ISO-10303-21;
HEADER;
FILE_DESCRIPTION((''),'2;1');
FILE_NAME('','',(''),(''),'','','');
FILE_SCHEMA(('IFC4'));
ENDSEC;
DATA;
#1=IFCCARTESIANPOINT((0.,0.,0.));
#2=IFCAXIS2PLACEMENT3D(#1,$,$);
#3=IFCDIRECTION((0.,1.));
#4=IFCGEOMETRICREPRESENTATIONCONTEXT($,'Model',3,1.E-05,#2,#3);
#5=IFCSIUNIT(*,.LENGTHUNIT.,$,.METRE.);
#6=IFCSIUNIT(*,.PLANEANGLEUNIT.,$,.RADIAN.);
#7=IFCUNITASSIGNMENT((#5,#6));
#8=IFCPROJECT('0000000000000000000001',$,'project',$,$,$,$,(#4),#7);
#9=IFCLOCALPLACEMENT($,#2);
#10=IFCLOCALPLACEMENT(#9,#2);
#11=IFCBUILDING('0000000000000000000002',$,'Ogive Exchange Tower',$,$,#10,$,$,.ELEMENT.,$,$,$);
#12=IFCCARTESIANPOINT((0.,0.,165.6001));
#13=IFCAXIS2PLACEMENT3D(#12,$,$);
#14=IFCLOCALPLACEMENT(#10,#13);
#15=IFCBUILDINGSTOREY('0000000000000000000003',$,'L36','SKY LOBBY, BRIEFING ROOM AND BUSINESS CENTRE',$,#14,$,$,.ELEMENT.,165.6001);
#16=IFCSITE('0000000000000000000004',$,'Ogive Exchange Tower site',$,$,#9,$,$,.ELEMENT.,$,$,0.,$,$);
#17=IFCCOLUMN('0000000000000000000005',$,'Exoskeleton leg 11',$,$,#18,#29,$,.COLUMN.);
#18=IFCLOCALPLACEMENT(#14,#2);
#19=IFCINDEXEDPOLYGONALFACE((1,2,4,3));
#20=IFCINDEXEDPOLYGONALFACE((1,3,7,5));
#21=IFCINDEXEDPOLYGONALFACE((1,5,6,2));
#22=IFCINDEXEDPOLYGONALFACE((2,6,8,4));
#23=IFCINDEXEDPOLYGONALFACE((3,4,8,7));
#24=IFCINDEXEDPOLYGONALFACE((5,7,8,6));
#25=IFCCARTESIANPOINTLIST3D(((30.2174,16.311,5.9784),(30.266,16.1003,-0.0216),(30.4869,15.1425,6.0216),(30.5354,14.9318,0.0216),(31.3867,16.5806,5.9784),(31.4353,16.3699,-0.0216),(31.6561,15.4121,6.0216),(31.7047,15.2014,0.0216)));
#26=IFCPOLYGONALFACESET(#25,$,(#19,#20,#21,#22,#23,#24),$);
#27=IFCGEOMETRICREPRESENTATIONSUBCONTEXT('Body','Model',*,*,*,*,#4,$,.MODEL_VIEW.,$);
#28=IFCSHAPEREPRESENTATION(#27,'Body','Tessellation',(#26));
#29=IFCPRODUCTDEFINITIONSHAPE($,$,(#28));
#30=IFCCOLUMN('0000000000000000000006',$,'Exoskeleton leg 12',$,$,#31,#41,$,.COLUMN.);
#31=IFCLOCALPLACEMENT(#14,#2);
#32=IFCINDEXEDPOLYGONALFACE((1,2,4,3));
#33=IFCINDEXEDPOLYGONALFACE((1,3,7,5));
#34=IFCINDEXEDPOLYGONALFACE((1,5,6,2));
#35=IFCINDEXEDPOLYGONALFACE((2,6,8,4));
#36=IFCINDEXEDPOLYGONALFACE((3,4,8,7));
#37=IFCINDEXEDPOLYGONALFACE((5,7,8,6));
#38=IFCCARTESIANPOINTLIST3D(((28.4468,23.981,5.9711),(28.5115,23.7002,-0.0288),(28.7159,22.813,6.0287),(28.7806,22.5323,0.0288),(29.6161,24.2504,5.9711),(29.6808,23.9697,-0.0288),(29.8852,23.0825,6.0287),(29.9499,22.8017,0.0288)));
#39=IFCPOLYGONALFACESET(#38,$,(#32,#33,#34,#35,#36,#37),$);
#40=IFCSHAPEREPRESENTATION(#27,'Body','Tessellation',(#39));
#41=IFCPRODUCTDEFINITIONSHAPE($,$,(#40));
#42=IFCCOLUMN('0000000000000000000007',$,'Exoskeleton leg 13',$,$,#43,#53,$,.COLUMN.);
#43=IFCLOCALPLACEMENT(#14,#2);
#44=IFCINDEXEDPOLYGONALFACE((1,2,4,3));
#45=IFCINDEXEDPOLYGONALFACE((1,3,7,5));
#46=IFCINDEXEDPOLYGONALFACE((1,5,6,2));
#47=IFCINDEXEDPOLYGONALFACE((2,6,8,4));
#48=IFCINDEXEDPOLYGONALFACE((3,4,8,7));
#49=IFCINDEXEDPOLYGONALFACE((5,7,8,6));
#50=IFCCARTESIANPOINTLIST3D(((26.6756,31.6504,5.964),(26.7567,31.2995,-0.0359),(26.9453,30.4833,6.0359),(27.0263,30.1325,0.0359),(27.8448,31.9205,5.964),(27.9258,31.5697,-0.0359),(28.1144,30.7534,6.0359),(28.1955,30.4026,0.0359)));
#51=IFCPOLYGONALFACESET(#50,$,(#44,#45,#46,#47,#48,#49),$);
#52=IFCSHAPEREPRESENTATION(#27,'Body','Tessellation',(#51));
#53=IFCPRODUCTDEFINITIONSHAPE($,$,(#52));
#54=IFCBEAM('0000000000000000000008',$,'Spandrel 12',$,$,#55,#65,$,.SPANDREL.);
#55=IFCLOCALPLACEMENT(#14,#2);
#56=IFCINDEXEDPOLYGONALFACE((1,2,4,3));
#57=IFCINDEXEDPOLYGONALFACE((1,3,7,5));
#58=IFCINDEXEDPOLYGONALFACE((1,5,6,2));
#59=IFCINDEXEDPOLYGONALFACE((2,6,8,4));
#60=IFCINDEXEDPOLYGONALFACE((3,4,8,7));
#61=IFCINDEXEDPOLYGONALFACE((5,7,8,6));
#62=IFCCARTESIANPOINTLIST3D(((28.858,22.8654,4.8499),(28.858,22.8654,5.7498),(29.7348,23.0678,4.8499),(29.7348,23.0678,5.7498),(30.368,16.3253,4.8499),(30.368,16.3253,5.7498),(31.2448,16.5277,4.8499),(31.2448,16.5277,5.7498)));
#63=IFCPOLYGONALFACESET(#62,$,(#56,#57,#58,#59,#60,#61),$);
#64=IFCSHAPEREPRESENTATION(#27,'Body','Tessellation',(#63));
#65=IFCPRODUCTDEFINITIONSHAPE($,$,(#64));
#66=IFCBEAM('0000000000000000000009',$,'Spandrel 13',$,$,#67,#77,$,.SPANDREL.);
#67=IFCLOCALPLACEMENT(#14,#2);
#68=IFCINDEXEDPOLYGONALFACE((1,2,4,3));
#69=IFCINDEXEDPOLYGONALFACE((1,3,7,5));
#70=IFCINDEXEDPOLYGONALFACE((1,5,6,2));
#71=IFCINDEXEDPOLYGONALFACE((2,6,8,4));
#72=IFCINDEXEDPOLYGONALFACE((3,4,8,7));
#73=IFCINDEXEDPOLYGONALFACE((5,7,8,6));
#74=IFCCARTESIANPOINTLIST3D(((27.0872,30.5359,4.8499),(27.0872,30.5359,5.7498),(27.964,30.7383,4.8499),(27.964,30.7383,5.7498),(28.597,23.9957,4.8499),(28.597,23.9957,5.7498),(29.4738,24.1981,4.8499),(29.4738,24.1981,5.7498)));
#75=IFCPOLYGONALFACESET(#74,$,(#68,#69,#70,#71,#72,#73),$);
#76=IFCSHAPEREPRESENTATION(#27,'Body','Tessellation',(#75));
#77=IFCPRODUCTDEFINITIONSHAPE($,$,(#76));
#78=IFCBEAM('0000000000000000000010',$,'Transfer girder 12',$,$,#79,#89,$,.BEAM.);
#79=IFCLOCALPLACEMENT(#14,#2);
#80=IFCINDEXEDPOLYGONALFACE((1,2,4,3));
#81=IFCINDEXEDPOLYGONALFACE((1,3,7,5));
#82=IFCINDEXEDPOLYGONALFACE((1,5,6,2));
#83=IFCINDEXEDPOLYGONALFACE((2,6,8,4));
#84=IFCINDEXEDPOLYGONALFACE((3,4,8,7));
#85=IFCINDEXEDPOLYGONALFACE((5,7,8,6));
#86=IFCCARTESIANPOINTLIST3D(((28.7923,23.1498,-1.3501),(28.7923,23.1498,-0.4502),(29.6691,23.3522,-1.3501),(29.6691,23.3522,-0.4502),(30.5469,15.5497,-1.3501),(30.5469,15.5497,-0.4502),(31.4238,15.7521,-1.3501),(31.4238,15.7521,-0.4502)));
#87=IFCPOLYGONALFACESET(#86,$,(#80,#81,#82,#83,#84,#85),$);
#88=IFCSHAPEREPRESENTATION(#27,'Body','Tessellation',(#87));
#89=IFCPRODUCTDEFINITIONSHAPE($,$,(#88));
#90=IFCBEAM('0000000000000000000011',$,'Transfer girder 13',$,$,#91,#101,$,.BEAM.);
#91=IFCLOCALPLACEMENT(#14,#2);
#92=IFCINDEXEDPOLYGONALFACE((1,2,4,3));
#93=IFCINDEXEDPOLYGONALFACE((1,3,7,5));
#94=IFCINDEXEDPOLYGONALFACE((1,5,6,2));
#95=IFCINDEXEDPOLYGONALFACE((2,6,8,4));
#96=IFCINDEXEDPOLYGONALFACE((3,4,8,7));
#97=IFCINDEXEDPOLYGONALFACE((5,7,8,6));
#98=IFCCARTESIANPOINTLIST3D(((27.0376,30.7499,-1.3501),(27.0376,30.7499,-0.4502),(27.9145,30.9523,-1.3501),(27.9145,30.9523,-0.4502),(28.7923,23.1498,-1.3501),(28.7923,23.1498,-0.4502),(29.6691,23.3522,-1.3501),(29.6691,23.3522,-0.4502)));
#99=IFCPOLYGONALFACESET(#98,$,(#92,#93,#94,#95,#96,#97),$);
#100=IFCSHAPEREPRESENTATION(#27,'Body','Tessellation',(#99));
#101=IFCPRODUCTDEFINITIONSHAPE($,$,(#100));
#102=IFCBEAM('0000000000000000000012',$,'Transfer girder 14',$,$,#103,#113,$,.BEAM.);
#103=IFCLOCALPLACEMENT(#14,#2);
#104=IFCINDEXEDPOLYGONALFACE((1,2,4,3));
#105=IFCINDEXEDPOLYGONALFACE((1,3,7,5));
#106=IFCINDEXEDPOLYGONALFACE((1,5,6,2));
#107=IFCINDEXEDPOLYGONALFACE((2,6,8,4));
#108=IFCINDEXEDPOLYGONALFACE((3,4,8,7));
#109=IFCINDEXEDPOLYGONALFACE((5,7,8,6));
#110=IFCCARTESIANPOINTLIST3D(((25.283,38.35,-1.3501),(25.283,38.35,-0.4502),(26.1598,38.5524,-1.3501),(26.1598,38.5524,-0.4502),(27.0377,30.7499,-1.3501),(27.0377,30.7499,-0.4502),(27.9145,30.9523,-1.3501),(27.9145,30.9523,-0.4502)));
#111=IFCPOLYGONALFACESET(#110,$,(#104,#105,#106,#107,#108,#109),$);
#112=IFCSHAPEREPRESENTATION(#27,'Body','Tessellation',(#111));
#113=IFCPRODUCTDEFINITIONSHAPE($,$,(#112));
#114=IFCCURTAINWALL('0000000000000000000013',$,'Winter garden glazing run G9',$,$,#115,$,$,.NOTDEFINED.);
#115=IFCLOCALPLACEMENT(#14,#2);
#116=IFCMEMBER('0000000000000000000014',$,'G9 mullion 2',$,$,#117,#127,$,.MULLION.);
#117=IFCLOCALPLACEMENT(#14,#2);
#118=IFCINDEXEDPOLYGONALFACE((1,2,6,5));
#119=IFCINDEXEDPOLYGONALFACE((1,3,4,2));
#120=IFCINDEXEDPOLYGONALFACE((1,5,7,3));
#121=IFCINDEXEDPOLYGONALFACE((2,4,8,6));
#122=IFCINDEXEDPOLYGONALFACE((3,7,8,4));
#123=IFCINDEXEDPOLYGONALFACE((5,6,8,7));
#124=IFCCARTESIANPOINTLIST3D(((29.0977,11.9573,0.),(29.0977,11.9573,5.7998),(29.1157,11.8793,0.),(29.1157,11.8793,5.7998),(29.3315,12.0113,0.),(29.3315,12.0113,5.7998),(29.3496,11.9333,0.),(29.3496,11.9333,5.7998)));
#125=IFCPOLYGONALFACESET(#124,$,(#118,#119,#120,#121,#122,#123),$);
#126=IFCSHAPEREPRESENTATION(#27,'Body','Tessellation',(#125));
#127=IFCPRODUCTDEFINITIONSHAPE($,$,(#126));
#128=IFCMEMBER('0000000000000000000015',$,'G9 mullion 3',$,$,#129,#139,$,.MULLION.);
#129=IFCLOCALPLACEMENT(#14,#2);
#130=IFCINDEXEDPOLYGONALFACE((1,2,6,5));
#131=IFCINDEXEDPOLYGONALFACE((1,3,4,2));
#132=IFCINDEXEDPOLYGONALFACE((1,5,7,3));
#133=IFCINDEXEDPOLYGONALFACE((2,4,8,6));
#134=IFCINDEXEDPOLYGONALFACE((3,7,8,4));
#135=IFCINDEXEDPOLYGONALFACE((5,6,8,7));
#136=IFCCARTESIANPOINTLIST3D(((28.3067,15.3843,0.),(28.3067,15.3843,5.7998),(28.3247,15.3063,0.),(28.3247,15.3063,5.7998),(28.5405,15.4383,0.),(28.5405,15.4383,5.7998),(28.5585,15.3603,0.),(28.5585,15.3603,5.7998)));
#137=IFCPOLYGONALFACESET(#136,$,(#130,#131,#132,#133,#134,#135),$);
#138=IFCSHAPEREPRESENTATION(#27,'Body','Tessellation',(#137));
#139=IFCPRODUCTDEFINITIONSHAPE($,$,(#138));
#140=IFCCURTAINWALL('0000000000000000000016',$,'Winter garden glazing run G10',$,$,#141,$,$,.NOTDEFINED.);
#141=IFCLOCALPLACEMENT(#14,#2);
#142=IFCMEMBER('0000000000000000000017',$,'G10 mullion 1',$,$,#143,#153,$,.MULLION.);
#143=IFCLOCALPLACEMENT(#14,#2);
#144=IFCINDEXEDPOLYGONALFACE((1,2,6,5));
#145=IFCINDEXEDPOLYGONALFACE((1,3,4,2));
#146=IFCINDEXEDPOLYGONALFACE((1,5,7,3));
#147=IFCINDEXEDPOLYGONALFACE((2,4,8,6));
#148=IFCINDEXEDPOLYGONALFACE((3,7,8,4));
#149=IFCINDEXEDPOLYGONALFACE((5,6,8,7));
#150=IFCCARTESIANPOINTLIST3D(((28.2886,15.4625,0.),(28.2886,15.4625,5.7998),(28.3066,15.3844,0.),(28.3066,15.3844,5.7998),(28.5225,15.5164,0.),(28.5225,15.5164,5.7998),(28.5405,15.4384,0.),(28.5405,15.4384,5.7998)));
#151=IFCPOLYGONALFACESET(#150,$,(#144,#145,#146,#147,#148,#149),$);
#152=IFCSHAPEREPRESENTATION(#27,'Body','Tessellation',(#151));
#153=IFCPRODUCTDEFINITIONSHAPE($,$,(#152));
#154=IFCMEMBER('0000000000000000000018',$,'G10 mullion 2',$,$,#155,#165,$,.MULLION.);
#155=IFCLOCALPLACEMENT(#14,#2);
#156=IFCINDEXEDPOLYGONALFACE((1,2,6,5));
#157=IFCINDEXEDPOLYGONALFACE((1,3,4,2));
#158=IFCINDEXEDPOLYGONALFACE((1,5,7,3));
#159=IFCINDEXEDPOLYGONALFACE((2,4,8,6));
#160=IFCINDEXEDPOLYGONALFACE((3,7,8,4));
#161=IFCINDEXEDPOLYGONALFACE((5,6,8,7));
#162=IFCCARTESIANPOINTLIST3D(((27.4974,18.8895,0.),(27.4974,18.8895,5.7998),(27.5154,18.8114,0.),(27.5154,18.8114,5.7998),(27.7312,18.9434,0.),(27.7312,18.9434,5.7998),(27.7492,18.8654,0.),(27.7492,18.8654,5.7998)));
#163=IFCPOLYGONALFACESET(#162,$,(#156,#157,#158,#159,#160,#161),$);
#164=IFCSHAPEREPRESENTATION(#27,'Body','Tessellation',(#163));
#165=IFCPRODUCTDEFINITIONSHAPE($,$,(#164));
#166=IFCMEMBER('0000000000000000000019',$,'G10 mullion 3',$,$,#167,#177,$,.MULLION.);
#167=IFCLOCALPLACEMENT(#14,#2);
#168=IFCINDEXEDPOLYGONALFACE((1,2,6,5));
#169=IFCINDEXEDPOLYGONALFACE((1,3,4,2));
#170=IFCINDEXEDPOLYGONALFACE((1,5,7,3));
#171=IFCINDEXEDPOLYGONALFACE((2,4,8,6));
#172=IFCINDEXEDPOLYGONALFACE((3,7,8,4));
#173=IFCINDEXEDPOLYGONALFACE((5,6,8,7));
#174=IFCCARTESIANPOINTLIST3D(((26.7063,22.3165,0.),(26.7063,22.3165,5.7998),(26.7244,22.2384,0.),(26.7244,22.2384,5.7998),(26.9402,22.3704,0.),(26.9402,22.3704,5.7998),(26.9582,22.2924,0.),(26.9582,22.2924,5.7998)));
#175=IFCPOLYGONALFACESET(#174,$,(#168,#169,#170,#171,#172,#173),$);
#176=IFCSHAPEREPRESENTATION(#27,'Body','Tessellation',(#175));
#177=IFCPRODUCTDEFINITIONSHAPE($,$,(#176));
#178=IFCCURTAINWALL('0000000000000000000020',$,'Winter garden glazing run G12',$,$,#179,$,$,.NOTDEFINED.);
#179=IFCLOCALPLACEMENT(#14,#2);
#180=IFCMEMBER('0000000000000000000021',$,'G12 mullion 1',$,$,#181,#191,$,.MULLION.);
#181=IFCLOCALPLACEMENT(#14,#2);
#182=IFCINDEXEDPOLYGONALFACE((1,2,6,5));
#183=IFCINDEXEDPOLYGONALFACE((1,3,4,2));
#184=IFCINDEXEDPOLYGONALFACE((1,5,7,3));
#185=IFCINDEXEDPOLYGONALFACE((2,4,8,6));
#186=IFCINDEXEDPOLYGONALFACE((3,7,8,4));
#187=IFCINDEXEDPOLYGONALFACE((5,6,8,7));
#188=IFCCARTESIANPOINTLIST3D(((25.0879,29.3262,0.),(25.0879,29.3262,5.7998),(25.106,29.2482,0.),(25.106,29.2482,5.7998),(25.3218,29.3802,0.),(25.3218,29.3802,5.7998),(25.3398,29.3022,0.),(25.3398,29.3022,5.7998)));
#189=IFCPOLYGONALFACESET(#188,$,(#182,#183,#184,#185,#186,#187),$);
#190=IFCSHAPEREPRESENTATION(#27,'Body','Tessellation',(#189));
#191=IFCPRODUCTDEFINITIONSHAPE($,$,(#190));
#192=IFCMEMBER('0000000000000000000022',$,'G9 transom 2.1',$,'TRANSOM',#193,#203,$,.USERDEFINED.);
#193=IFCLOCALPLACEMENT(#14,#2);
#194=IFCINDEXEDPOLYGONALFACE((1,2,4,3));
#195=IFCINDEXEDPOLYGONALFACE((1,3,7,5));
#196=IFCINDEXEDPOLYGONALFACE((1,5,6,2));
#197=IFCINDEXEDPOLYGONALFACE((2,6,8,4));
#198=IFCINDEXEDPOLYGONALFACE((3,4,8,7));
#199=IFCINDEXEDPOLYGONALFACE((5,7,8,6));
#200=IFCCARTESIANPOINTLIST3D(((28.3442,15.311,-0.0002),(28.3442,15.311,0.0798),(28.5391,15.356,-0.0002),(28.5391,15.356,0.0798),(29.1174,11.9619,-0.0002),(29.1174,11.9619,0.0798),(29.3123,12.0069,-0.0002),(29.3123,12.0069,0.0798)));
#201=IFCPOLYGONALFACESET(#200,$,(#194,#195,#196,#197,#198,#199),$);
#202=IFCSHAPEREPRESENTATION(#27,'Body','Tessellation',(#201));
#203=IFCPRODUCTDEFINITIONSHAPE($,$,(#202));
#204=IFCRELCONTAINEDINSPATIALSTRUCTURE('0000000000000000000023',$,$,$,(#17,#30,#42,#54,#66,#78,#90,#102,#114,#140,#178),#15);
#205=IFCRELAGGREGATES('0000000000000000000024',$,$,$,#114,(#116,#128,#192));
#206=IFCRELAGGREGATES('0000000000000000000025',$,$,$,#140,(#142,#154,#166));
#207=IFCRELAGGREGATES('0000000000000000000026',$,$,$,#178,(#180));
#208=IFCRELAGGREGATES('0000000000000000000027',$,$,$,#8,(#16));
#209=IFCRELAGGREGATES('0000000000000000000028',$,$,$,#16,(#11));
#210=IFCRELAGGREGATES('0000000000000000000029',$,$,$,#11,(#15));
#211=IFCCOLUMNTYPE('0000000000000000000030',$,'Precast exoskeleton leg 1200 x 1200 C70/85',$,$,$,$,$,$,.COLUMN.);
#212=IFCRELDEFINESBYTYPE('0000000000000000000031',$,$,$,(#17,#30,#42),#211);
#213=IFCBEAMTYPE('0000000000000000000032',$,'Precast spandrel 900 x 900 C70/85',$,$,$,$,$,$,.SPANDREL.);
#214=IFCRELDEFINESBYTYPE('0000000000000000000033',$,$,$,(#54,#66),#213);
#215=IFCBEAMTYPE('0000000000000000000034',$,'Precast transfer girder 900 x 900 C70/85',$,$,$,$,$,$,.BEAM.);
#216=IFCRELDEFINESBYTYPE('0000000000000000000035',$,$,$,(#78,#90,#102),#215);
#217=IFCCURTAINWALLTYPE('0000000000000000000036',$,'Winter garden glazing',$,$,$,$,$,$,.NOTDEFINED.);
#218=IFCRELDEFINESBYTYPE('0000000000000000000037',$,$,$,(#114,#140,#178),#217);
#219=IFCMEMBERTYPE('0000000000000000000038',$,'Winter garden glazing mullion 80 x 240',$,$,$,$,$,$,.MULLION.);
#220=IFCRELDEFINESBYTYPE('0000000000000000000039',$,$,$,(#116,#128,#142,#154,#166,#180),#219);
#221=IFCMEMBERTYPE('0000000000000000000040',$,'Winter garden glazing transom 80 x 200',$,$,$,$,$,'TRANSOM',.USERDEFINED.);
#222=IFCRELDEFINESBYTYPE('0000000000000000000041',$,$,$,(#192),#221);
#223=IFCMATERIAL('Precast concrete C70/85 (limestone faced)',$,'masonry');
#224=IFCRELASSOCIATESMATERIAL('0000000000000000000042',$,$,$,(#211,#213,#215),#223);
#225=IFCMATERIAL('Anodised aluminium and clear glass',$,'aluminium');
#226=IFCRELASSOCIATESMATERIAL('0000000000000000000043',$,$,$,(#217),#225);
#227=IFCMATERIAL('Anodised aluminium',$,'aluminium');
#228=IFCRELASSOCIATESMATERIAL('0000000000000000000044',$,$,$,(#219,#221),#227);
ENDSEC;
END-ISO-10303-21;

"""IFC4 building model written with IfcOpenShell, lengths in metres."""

from ifc_helpers import new_model, si_unit, direction, frame, origin, origin_2d, place, context, subcontext, project, spatial, rectangle, extrude, material, material_profile, profile_set, type_object, element, aggregate, save


model = new_model("IFC4")

# Units and contexts
model_context = context("Model", 3, precision=1e-05, world=origin(), true_north=direction((0.0, 1.0)))
body_context = subcontext(model_context, "Body", "Model", "MODEL_VIEW")
ifc_project = project(units=[si_unit("LENGTHUNIT", "METRE"), si_unit("PLANEANGLEUNIT", "RADIAN")], contexts=[model_context])

# Site, building, storey
site_placement = place(None, origin())
site = spatial("IfcSite", under=ifc_project, at=site_placement, Name="Ogive Exchange Tower site", CompositionType="ELEMENT", RefElevation=0.0)
building_placement = place(site_placement, origin())
building = spatial("IfcBuilding", under=site, at=building_placement, Name="Ogive Exchange Tower", CompositionType="ELEMENT")
storey_placement = place(building_placement, frame((0.0, 0.0, 165.6001)))
storey = spatial("IfcBuildingStorey", under=building, at=storey_placement, Name="L36", Description="SKY LOBBY, BRIEFING ROOM AND BUSINESS CENTRE", CompositionType="ELEMENT", Elevation=165.6001)

# Columns
ifc_material_1 = material(Name="Precast concrete C70/85 (limestone faced)", Category="masonry")
ifc_material_profile_1 = material_profile(ifc_material_1, rectangle(XDim=1.2, YDim=1.2, at=origin_2d()), Name="1200 x 1200")
ifc_profile_set_1 = profile_set([ifc_material_profile_1], Name="Precast concrete C70/85 (limestone faced)")
column_type = type_object("IfcColumnType", Name="Precast exoskeleton leg 1200 x 1200 C70/85", PredefinedType="COLUMN", material=ifc_profile_set_1)
column_1_placement = place(storey_placement, frame((30.9854, 15.6509, 0.0), z_axis=(-0.008092, 0.035093, 0.999351), x_axis=(-0.974429, -0.224695, 0.0)))
element("IfcColumn", 1, at=column_1_placement, inside=storey, type_object=column_type, Name="Exoskeleton leg 11", PredefinedType="COLUMN", context=body_context, shape_type="SweptSolid", body=[
    extrude(rectangle(XDim=1.2, YDim=1.2, at=origin_2d()), origin(), (0.0, 0.0, 1.0), 6.0039),
])
column_2_placement = place(storey_placement, frame((29.2307, 23.251, 0.0), z_axis=(-0.01077, 0.04674, 0.998849), x_axis=(-0.974463, -0.22455, 0.0)))
element("IfcColumn", 2, at=column_2_placement, inside=storey, type_object=column_type, Name="Exoskeleton leg 12", PredefinedType="COLUMN", context=body_context, shape_type="SweptSolid", body=[
    extrude(rectangle(XDim=1.2, YDim=1.2, at=origin_2d()), origin(), (0.0, 0.0, 1.0), 6.0068),
])
column_3_placement = place(storey_placement, frame((27.4761, 30.8511, 0.0), z_axis=(-0.013485, 0.058367, 0.998204), x_axis=(-0.974334, -0.225107, 0.0)))
element("IfcColumn", 3, at=column_3_placement, inside=storey, type_object=column_type, Name="Exoskeleton leg 13", PredefinedType="COLUMN", context=body_context, shape_type="SweptSolid", body=[
    extrude(rectangle(XDim=1.2, YDim=1.2, at=origin_2d()), origin(), (0.0, 0.0, 1.0), 6.0107),
])

# Beams
ifc_material_profile_2 = material_profile(ifc_material_1, rectangle(XDim=0.8999, YDim=0.8999, at=origin_2d()), Name="900 x 900")
ifc_profile_set_2 = profile_set([ifc_material_profile_2], Name="Precast concrete C70/85 (limestone faced)")
beam_type_1 = type_object("IfcBeamType", Name="Precast spandrel 900 x 900 C70/85", PredefinedType="SPANDREL", material=ifc_profile_set_2)
for number, where, z_axis, x_axis, name in (
    (4, (30.8064, 16.4265, 5.2998), (-0.224968, 0.974366, 0.0), (-0.974366, -0.224968, 0.0), "Spandrel 12"),
    (5, (29.0354, 24.0969, 5.2998), (-0.224934, 0.974374, 0.0), (-0.974374, -0.224934, 0.0), "Spandrel 13"),
):
    element("IfcBeam", number, at=place(storey_placement, frame(where, z_axis=z_axis, x_axis=x_axis)), inside=storey, type_object=beam_type_1, Name=name, PredefinedType="SPANDREL", context=body_context, shape_type="SweptSolid", body=[
        extrude(rectangle(XDim=0.8999, YDim=0.8999, at=origin_2d()), origin(), (0.0, 0.0, 1.0), 6.7122),
    ])
ifc_material_profile_3 = material_profile(ifc_material_1, rectangle(XDim=0.8999, YDim=0.8999, at=origin_2d()), Name="900 x 900")
ifc_profile_set_3 = profile_set([ifc_material_profile_3], Name="Precast concrete C70/85 (limestone faced)")
beam_type_2 = type_object("IfcBeamType", Name="Precast transfer girder 900 x 900 C70/85", PredefinedType="BEAM", material=ifc_profile_set_3)
for number, where, z_axis, x_axis, name in (
    (6, (30.9854, 15.6509, -0.9001), (-0.224953, 0.97437, 0.0), (-0.97437, -0.224953, 0.0), "Transfer girder 12"),
    (7, (29.2307, 23.251, -0.9001), (-0.224953, 0.97437, 0.0), (-0.97437, -0.224953, 0.0), "Transfer girder 13"),
    (8, (27.4761, 30.8511, -0.9001), (-0.224953, 0.97437, 0.0), (-0.97437, -0.224953, 0.0), "Transfer girder 14"),
):
    element("IfcBeam", number, at=place(storey_placement, frame(where, z_axis=z_axis, x_axis=x_axis)), inside=storey, type_object=beam_type_2, Name=name, PredefinedType="BEAM", context=body_context, shape_type="SweptSolid", body=[
        extrude(rectangle(XDim=0.8999, YDim=0.8999, at=origin_2d()), origin(), (0.0, 0.0, 1.0), 7.8),
    ])

# Curtain walls, members
ifc_material_2 = material(Name="Anodised aluminium and clear glass", Category="aluminium")
curtain_wall_type = type_object("IfcCurtainWallType", Name="Winter garden glazing", PredefinedType="NOTDEFINED", material=ifc_material_2)
curtain_wall_1_placement = place(storey_placement, origin())
curtain_wall_1 = element("IfcCurtainWall", 9, at=curtain_wall_1_placement, inside=storey, type_object=curtain_wall_type, Name="Winter garden glazing run G9", PredefinedType="NOTDEFINED")
ifc_material_3 = material(Name="Anodised aluminium", Category="aluminium")
ifc_material_profile_4 = material_profile(ifc_material_3, rectangle(XDim=0.24, YDim=0.0801, at=origin_2d()), Name="AL 80x240")
ifc_profile_set_4 = profile_set([ifc_material_profile_4], Name="Anodised aluminium")
member_type_1 = type_object("IfcMemberType", Name="Winter garden glazing mullion 80 x 240", PredefinedType="MULLION", material=ifc_profile_set_4)
member_1_placement = place(storey_placement, frame((29.2236, 11.9453, 0.0), z_axis=(0.0, 0.0, 1.0), x_axis=(-0.974372, -0.224941, 0.0)))
member_1 = element("IfcMember", 10, at=member_1_placement, type_object=member_type_1, Name="G9 mullion 2", PredefinedType="MULLION", context=body_context, shape_type="SweptSolid", body=[
    extrude(rectangle(XDim=0.24, YDim=0.0801, at=origin_2d()), origin(), (0.0, 0.0, 1.0), 5.7998),
])
member_2_placement = place(storey_placement, frame((28.4326, 15.3723, 0.0), z_axis=(0.0, 0.0, 1.0), x_axis=(-0.974372, -0.224941, 0.0)))
member_2 = element("IfcMember", 11, at=member_2_placement, type_object=member_type_1, Name="G9 mullion 3", PredefinedType="MULLION", context=body_context, shape_type="SweptSolid", body=[
    extrude(rectangle(XDim=0.24, YDim=0.0801, at=origin_2d()), origin(), (0.0, 0.0, 1.0), 5.7998),
])
curtain_wall_2_placement = place(storey_placement, origin())
curtain_wall_2 = element("IfcCurtainWall", 12, at=curtain_wall_2_placement, inside=storey, type_object=curtain_wall_type, Name="Winter garden glazing run G10", PredefinedType="NOTDEFINED")
member_3_placement = place(storey_placement, frame((28.4146, 15.4504, 0.0), z_axis=(0.0, 0.0, 1.0), x_axis=(-0.974369, -0.224957, 0.0)))
member_3 = element("IfcMember", 13, at=member_3_placement, type_object=member_type_1, Name="G10 mullion 1", PredefinedType="MULLION", context=body_context, shape_type="SweptSolid", body=[
    extrude(rectangle(XDim=0.24, YDim=0.0801, at=origin_2d()), origin(), (0.0, 0.0, 1.0), 5.7998),
])
member_4_placement = place(storey_placement, frame((27.6233, 18.8774, 0.0), z_axis=(0.0, 0.0, 1.0), x_axis=(-0.974369, -0.224957, 0.0)))
member_4 = element("IfcMember", 14, at=member_4_placement, type_object=member_type_1, Name="G10 mullion 2", PredefinedType="MULLION", context=body_context, shape_type="SweptSolid", body=[
    extrude(rectangle(XDim=0.24, YDim=0.0801, at=origin_2d()), origin(), (0.0, 0.0, 1.0), 5.7998),
])
member_5_placement = place(storey_placement, frame((26.8323, 22.3044, 0.0), z_axis=(0.0, 0.0, 1.0), x_axis=(-0.974369, -0.224957, 0.0)))
member_5 = element("IfcMember", 15, at=member_5_placement, type_object=member_type_1, Name="G10 mullion 3", PredefinedType="MULLION", context=body_context, shape_type="SweptSolid", body=[
    extrude(rectangle(XDim=0.24, YDim=0.0801, at=origin_2d()), origin(), (0.0, 0.0, 1.0), 5.7998),
])

# Curtain wall, member
curtain_wall_3_placement = place(storey_placement, origin())
curtain_wall_3 = element("IfcCurtainWall", 16, at=curtain_wall_3_placement, inside=storey, type_object=curtain_wall_type, Name="Winter garden glazing run G12", PredefinedType="NOTDEFINED")
member_6_placement = place(storey_placement, frame((25.2139, 29.3142, 0.0), z_axis=(0.0, 0.0, 1.0), x_axis=(-0.974372, -0.224944, 0.0)))
member_6 = element("IfcMember", 17, at=member_6_placement, type_object=member_type_1, Name="G12 mullion 1", PredefinedType="MULLION", context=body_context, shape_type="SweptSolid", body=[
    extrude(rectangle(XDim=0.24, YDim=0.0801, at=origin_2d()), origin(), (0.0, 0.0, 1.0), 5.7998),
])

# Member
ifc_material_profile_5 = material_profile(ifc_material_3, rectangle(XDim=0.2, YDim=0.0801, at=origin_2d()), Name="AL 80x200")
ifc_profile_set_5 = profile_set([ifc_material_profile_5], Name="Anodised aluminium")
member_type_2 = type_object("IfcMemberType", Name="Winter garden glazing transom 80 x 200", ElementType="TRANSOM", PredefinedType="USERDEFINED", material=ifc_profile_set_5)
member_7_placement = place(storey_placement, frame((29.2148, 11.9844, 0.0398), z_axis=(-0.224948, 0.974371, 0.0), x_axis=(-0.974371, -0.224948, 0.0)))
member_7 = element("IfcMember", 18, at=member_7_placement, type_object=member_type_2, Name="G9 transom 2.1", ObjectType="TRANSOM", PredefinedType="USERDEFINED", context=body_context, shape_type="SweptSolid", body=[
    extrude(rectangle(XDim=0.2, YDim=0.0801, at=origin_2d()), origin(), (0.0, 0.0, 1.0), 3.4373),
])

aggregate(curtain_wall_1, [member_1, member_2, member_7])
aggregate(curtain_wall_2, [member_3, member_4, member_5])
aggregate(curtain_wall_3, [member_6])

save(model, "model.ifc")
